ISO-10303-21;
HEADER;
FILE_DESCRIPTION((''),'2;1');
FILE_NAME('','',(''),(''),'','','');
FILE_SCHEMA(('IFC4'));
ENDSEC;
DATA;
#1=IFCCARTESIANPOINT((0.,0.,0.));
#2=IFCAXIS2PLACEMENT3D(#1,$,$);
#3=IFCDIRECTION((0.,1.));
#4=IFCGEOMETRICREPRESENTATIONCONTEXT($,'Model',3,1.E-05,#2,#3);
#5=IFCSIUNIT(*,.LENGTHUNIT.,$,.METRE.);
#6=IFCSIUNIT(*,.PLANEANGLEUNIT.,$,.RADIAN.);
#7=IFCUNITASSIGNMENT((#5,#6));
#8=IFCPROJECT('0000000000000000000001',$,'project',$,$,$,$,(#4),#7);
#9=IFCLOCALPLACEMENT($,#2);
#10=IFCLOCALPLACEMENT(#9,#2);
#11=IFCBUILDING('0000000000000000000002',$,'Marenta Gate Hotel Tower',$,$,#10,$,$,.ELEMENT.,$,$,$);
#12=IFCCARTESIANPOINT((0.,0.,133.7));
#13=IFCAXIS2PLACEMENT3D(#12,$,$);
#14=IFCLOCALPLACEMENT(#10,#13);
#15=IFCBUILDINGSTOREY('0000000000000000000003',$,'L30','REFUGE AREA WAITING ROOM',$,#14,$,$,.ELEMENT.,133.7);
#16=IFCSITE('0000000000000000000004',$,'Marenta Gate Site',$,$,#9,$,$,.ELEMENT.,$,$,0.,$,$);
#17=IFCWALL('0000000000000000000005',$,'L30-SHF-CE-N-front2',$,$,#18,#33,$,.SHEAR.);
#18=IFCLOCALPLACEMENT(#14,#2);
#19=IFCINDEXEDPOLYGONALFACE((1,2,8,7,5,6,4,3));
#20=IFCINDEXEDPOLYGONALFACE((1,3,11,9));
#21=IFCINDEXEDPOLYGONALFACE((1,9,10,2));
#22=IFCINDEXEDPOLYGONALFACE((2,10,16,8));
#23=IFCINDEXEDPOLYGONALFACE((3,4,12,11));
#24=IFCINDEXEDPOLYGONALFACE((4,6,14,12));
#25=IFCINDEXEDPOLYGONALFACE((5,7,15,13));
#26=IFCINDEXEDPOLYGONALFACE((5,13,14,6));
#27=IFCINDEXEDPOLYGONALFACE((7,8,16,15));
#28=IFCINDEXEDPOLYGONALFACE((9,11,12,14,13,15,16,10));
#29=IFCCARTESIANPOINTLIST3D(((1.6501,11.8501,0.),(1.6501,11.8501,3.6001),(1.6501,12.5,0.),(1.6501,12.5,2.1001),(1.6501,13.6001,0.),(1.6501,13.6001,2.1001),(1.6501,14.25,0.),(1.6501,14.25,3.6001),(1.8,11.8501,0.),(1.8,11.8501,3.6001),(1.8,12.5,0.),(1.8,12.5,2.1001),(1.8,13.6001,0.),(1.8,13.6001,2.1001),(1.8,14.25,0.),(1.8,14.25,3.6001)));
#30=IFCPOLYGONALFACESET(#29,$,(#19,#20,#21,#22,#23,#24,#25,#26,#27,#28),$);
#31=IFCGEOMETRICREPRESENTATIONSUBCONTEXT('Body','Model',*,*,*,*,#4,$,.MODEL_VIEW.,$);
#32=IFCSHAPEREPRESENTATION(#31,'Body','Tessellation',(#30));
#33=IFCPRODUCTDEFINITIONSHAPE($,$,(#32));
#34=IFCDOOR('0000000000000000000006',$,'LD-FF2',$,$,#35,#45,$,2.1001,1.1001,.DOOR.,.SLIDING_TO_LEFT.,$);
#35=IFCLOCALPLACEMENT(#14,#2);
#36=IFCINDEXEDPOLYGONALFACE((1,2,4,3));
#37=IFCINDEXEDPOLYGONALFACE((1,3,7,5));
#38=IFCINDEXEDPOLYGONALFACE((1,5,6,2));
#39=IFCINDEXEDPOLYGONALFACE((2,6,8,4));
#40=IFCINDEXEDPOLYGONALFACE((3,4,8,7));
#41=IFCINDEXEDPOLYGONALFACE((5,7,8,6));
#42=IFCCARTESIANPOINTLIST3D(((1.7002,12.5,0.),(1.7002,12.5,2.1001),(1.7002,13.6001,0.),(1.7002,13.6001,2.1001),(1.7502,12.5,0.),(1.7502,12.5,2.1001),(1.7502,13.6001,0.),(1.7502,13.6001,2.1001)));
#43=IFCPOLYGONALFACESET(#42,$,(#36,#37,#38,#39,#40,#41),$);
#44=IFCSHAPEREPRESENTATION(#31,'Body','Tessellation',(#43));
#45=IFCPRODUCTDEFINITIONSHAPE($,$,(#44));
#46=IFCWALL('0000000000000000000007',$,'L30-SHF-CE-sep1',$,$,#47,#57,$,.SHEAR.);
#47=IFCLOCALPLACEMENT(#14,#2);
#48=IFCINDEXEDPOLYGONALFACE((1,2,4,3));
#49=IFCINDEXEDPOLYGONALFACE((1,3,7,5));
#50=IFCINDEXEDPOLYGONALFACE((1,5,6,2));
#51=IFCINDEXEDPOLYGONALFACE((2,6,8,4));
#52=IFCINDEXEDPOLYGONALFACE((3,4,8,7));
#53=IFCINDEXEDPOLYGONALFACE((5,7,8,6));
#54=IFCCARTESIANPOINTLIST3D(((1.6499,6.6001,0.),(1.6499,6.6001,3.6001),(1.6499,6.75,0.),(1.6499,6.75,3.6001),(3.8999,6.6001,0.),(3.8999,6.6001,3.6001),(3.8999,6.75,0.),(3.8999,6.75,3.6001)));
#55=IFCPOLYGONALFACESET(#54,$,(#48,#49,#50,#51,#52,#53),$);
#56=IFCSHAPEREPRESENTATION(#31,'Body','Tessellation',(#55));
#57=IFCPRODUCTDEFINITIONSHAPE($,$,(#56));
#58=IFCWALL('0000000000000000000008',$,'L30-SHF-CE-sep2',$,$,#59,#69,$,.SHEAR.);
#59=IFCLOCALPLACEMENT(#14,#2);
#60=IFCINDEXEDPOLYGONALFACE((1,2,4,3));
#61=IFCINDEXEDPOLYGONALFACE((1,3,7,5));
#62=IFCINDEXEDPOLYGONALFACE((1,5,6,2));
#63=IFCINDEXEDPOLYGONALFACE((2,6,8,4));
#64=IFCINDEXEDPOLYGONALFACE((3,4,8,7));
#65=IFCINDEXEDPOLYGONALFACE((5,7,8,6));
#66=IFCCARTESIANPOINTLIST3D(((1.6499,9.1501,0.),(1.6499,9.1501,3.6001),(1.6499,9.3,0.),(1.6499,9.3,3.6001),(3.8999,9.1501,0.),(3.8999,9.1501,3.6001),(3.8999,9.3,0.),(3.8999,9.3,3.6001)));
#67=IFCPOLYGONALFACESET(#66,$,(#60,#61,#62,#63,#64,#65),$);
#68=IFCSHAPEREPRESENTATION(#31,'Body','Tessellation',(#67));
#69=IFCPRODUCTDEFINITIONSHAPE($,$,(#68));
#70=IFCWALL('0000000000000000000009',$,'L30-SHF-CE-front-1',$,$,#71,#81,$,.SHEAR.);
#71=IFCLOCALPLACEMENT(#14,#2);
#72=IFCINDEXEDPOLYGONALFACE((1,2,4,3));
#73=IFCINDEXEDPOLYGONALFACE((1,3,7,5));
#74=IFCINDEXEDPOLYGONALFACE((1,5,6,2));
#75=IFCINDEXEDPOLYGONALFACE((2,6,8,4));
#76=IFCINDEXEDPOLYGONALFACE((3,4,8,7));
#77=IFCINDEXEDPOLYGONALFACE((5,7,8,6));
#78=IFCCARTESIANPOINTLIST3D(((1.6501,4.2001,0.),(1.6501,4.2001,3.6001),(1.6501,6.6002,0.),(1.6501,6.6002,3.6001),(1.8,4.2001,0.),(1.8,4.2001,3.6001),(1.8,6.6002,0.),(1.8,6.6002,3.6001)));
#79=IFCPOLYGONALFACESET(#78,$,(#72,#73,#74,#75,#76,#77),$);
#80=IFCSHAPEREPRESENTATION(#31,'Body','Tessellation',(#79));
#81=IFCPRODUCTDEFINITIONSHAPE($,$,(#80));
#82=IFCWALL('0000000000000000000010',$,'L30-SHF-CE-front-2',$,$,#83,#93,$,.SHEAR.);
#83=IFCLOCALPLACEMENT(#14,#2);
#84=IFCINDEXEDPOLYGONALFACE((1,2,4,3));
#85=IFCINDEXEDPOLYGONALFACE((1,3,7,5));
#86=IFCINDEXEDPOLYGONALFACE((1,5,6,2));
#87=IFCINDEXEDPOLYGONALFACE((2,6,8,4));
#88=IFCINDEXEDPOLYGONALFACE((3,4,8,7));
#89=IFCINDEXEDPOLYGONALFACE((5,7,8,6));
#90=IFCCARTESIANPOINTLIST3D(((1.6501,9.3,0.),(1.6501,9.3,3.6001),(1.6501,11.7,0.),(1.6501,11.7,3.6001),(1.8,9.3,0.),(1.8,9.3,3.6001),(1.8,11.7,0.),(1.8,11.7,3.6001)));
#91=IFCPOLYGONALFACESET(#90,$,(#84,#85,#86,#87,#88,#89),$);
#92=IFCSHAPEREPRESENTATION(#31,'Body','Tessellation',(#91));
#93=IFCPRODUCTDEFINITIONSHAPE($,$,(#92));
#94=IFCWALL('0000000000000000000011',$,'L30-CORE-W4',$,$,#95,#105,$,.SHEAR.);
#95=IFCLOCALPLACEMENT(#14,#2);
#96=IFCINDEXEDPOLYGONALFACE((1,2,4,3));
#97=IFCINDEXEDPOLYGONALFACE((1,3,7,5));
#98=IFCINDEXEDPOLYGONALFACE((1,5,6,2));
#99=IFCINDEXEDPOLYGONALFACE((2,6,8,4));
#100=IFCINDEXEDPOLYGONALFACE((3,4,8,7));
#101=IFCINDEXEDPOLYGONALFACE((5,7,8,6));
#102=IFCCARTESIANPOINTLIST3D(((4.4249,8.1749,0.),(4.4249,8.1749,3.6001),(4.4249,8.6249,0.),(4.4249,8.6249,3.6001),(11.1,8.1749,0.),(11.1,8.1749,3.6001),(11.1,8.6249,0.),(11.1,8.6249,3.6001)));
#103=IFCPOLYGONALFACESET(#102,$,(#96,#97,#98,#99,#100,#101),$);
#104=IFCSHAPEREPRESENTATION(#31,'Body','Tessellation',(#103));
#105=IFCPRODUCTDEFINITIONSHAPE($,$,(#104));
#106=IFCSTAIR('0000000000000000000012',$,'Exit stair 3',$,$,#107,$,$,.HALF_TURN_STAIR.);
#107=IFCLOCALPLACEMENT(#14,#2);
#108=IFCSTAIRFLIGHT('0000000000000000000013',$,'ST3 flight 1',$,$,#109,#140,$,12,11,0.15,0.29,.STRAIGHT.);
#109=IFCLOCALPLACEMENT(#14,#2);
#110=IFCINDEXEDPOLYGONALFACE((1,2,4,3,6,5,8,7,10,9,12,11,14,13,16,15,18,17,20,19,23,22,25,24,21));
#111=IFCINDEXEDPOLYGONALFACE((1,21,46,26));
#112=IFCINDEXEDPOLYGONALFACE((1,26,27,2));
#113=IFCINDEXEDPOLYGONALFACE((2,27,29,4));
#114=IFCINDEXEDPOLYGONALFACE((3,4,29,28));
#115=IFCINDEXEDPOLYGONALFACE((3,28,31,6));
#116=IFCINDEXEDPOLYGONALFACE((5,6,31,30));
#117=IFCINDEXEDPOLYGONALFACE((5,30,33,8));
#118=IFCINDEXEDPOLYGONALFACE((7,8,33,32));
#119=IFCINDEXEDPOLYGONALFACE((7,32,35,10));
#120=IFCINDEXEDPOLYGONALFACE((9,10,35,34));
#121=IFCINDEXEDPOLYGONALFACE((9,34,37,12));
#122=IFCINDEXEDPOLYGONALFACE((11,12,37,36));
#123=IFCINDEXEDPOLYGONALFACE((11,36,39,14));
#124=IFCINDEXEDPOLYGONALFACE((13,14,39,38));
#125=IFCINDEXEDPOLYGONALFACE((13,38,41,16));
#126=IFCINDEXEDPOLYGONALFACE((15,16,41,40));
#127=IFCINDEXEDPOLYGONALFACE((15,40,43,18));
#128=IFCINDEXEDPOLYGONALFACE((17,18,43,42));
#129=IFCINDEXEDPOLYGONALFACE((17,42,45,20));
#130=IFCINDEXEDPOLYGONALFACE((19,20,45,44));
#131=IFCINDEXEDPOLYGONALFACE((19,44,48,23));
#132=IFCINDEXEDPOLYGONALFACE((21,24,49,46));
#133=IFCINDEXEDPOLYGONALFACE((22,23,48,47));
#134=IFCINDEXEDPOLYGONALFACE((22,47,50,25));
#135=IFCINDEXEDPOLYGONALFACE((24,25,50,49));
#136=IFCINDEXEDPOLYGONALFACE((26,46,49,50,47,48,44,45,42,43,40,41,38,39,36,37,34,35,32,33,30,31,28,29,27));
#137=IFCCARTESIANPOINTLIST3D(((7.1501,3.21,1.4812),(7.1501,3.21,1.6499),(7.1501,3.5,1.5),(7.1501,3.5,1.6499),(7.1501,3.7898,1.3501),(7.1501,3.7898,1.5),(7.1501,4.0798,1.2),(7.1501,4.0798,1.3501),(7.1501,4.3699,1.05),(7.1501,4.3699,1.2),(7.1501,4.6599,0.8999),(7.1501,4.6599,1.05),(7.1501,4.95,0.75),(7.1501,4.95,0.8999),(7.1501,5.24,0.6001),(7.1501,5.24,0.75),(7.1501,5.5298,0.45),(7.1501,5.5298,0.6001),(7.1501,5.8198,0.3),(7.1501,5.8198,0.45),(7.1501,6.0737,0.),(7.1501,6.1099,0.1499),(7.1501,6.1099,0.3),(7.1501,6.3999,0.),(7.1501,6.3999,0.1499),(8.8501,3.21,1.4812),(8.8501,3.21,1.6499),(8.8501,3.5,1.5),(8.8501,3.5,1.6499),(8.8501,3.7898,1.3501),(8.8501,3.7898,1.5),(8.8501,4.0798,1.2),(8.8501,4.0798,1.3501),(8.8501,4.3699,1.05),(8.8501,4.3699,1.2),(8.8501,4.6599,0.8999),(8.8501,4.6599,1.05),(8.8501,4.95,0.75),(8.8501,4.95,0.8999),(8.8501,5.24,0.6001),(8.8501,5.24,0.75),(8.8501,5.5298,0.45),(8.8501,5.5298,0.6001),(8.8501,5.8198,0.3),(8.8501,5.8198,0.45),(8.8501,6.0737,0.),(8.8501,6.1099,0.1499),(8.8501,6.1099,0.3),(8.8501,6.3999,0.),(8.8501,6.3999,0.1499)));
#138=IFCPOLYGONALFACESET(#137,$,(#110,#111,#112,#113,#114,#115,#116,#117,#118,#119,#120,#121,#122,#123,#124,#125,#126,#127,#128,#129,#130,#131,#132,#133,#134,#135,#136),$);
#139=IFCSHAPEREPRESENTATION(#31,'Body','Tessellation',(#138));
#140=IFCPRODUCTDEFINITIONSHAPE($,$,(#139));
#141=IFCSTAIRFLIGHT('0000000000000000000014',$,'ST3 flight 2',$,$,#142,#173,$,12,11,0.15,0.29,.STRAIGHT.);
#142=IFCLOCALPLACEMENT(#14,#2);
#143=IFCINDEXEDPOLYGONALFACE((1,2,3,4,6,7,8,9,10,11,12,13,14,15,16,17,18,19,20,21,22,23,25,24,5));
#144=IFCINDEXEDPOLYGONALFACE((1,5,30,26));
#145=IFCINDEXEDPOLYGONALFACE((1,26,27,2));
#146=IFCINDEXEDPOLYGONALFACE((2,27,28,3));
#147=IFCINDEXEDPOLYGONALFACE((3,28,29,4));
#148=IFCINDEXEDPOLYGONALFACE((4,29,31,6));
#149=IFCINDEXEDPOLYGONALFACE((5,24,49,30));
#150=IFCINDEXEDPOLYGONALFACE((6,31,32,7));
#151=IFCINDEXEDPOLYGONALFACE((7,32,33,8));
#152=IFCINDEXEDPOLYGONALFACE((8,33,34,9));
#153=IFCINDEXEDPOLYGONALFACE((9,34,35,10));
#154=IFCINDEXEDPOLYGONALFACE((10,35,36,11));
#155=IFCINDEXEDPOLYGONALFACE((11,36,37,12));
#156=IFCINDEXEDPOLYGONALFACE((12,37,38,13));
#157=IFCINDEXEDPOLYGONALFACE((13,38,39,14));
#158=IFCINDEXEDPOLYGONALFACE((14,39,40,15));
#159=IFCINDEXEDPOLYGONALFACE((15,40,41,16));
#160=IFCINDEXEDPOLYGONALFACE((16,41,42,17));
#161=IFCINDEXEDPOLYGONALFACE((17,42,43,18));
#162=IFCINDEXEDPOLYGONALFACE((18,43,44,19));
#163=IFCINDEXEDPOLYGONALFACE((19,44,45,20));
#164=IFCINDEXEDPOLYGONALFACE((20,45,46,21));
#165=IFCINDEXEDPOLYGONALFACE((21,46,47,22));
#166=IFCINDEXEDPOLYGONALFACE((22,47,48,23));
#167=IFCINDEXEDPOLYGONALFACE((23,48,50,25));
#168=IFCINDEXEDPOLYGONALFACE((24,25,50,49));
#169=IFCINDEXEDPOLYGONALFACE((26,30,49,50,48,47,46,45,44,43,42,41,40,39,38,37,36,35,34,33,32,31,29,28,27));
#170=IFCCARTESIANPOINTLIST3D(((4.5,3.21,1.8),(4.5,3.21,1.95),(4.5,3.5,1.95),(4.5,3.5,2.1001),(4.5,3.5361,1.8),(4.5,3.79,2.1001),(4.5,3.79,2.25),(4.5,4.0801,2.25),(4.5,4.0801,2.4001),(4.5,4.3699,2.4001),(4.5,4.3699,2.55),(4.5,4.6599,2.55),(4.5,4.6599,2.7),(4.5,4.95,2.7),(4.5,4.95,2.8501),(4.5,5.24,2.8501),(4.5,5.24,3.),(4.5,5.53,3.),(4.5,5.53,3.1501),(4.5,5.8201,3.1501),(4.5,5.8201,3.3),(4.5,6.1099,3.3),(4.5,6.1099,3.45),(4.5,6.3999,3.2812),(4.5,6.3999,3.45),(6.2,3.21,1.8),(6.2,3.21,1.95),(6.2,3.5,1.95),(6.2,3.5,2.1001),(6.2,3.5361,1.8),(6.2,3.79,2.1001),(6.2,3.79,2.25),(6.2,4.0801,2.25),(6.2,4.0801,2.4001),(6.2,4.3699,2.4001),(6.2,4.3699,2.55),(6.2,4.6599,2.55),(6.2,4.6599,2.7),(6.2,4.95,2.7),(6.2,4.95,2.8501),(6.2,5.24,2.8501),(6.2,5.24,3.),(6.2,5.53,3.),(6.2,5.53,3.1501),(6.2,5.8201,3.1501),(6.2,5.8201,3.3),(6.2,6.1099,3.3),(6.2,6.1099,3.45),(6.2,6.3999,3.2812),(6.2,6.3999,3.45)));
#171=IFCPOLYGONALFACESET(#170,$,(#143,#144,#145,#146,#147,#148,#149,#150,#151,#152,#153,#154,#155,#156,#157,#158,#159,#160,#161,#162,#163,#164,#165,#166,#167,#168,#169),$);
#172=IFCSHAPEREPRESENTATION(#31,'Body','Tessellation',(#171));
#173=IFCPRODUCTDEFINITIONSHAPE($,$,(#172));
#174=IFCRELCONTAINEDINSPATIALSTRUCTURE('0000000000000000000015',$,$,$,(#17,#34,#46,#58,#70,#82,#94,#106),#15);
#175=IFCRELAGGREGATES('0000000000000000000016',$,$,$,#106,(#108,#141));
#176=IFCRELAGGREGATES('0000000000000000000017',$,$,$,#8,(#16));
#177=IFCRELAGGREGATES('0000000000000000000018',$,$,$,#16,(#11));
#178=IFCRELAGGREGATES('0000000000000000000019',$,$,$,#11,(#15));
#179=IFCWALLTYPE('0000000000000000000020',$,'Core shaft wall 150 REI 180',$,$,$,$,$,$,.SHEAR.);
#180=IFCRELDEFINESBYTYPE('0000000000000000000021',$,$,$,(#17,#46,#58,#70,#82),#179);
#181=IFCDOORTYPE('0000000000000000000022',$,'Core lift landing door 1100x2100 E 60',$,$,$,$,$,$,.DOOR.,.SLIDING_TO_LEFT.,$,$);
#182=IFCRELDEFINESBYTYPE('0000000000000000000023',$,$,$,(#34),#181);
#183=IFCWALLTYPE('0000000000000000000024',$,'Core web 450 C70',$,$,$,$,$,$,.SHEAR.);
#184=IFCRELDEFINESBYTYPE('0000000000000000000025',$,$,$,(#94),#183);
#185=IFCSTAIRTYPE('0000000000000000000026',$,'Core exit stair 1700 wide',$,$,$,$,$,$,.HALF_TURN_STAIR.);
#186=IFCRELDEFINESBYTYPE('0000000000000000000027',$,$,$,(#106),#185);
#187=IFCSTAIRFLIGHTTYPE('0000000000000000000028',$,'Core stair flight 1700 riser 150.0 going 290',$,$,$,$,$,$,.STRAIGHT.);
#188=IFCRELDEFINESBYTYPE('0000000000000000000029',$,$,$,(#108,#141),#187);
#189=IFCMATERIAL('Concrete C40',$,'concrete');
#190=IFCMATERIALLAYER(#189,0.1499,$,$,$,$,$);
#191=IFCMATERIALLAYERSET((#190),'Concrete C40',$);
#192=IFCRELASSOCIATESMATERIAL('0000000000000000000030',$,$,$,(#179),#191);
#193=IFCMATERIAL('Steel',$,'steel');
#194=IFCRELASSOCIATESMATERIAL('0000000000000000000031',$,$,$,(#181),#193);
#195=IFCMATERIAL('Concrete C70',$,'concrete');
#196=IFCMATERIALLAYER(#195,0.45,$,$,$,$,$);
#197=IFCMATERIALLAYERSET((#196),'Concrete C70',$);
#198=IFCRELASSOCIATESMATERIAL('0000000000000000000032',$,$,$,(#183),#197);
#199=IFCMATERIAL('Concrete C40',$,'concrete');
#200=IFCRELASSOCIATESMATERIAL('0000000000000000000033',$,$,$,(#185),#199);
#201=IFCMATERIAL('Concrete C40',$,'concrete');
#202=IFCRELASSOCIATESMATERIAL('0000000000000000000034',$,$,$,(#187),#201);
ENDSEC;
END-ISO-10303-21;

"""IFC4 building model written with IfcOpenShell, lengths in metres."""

from ifc_helpers import new_model, si_unit, direction, frame, frame_2d, origin, place, context, subcontext, project, spatial, polyline, rectangle, outline, extrude, material, layer, layer_set, type_object, element, fill, aggregate, save


model = new_model("IFC4")

# Units and contexts
model_context = context("Model", 3, precision=1e-05, world=origin(), true_north=direction((0.0, 1.0)))
body_context = subcontext(model_context, "Body", "Model", "MODEL_VIEW")
ifc_project = project(units=[si_unit("LENGTHUNIT", "METRE"), si_unit("PLANEANGLEUNIT", "RADIAN")], contexts=[model_context])

# Site, building, storey
site_placement = place(None, origin())
site = spatial("IfcSite", under=ifc_project, at=site_placement, Name="Marenta Gate Site", CompositionType="ELEMENT", RefElevation=0.0)
building_placement = place(site_placement, origin())
building = spatial("IfcBuilding", under=site, at=building_placement, Name="Marenta Gate Hotel Tower", CompositionType="ELEMENT")
storey_placement = place(building_placement, frame((0.0, 0.0, 133.7)))
storey = spatial("IfcBuildingStorey", under=building, at=storey_placement, Name="L30", Description="REFUGE AREA WAITING ROOM", CompositionType="ELEMENT", Elevation=133.7)

# Shared definitions
ifc_material_1 = material(Name="Concrete C40", Category="concrete")
ifc_layer_1 = layer(ifc_material_1, 0.1499)
ifc_layer_set_1 = layer_set([ifc_layer_1], Name="Concrete C40")
wall_type_1 = type_object("IfcWallType", Name="Core shaft wall 150 REI 180", PredefinedType="SHEAR", material=ifc_layer_set_1)
ifc_material_2 = material(Name="Steel", Category="steel")
door_type_1 = type_object("IfcDoorType", Name="Core lift landing door 1100x2100 E 60", OperationType="SLIDING_TO_LEFT", PredefinedType="DOOR", material=ifc_material_2)

# Wall, opening, door
wall_1_placement = place(storey_placement, frame((1.7251, 11.8501, 0.0), z_axis=(0.0, 0.0, 1.0), x_axis=(0.0, 1.0, 0.0)))
wall_1 = element("IfcWall", 1, at=wall_1_placement, inside=storey, type_object=wall_type_1, Name="L30-SHF-CE-N-front2", PredefinedType="SHEAR", context=body_context, shape_type="SweptSolid", body=[
    extrude(rectangle(XDim=2.3999, YDim=0.1499, at=frame_2d((1.2, 0.0))), origin(), (0.0, 0.0, 1.0), 3.6001),
])
opening_1_placement = place(wall_1_placement, frame((0.6499, 0.0, 0.0)))
opening_1 = element("IfcOpeningElement", 2, at=opening_1_placement, cuts=wall_1, PredefinedType="OPENING", context=body_context, shape_type="SweptSolid", body=[
    extrude(rectangle(XDim=1.1001, YDim=2.1001, at=frame_2d((0.55, 1.05))), frame((0.0, 0.075, 0.0), z_axis=(0.0, -1.0, 0.0), x_axis=(1.0, 0.0, 0.0)), (0.0, 0.0, 1.0), 0.1499),
])
door_1_placement = place(opening_1_placement, origin())
door_1 = element("IfcDoor", 3, at=door_1_placement, inside=storey, type_object=door_type_1, Name="LD-FF2", OperationType="SLIDING_TO_LEFT", OverallHeight=2.1001, OverallWidth=1.1001, PredefinedType="DOOR", context=body_context, shape_type="SweptSolid", body=[
    extrude(rectangle(XDim=1.1001, YDim=2.1001, at=frame_2d((0.55, 1.05))), frame((0.0, 0.0249, 0.0), z_axis=(0.0, -1.0, 0.0), x_axis=(1.0, 0.0, 0.0)), (0.0, 0.0, 1.0), 0.05),
])
fill(opening_1, door_1)

# Walls
for number, where, z_axis, x_axis, name in (
    (4, (1.6499, 6.675, 0.0), (0.0, 0.0, 1.0), (1.0, 0.0, 0.0), "L30-SHF-CE-sep1"),
    (5, (1.6499, 9.2251, 0.0), (0.0, 0.0, 1.0), (1.0, 0.0, 0.0), "L30-SHF-CE-sep2"),
):
    element("IfcWall", number, at=place(storey_placement, frame(where, z_axis=z_axis, x_axis=x_axis)), inside=storey, type_object=wall_type_1, Name=name, PredefinedType="SHEAR", context=body_context, shape_type="SweptSolid", body=[
        extrude(rectangle(XDim=2.25, YDim=0.1499, at=frame_2d((1.125, 0.0))), origin(), (0.0, 0.0, 1.0), 3.6001),
    ])
wall_2_placement = place(storey_placement, frame((1.7251, 4.2, 0.0), z_axis=(0.0, 0.0, 1.0), x_axis=(0.0, 1.0, 0.0)))
element("IfcWall", 6, at=wall_2_placement, inside=storey, type_object=wall_type_1, Name="L30-SHF-CE-front-1", PredefinedType="SHEAR", context=body_context, shape_type="SweptSolid", body=[
    extrude(rectangle(XDim=2.4001, YDim=0.1499, at=frame_2d((1.2002, 0.0))), origin(), (0.0, 0.0, 1.0), 3.6001),
])
wall_3_placement = place(storey_placement, frame((1.7251, 9.3, 0.0), z_axis=(0.0, 0.0, 1.0), x_axis=(0.0, 1.0, 0.0)))
element("IfcWall", 7, at=wall_3_placement, inside=storey, type_object=wall_type_1, Name="L30-SHF-CE-front-2", PredefinedType="SHEAR", context=body_context, shape_type="SweptSolid", body=[
    extrude(rectangle(XDim=2.3999, YDim=0.1499, at=frame_2d((1.2, 0.0))), origin(), (0.0, 0.0, 1.0), 3.6001),
])

# Shared definitions
ifc_material_3 = material(Name="Concrete C70", Category="concrete")
ifc_layer_2 = layer(ifc_material_3, 0.45)
ifc_layer_set_2 = layer_set([ifc_layer_2], Name="Concrete C70")
wall_type_2 = type_object("IfcWallType", Name="Core web 450 C70", PredefinedType="SHEAR", material=ifc_layer_set_2)

# Wall
wall_4_placement = place(storey_placement, frame((4.425, 8.3999, 0.0), z_axis=(0.0, 0.0, 1.0), x_axis=(1.0, 0.0, 0.0)))
element("IfcWall", 8, at=wall_4_placement, inside=storey, type_object=wall_type_2, Name="L30-CORE-W4", PredefinedType="SHEAR", context=body_context, shape_type="SweptSolid", body=[
    extrude(rectangle(XDim=6.675, YDim=0.45, at=frame_2d((3.3374, 0.0))), origin(), (0.0, 0.0, 1.0), 3.6001),
])

# Stair, stair flights
ifc_material_4 = material(Name="Concrete C40", Category="concrete")
stair_type_1 = type_object("IfcStairType", Name="Core exit stair 1700 wide", PredefinedType="HALF_TURN_STAIR", material=ifc_material_4)
stair_1_placement = place(storey_placement, origin())
stair_1 = element("IfcStair", 9, at=stair_1_placement, inside=storey, type_object=stair_type_1, Name="Exit stair 3", PredefinedType="HALF_TURN_STAIR")
ifc_material_5 = material(Name="Concrete C40", Category="concrete")
stair_flight_type = type_object("IfcStairFlightType", Name="Core stair flight 1700 riser 150.0 going 290", PredefinedType="STRAIGHT", material=ifc_material_5)
stair_flight_1_placement = place(storey_placement, frame((8.0, 6.3999, 0.0), z_axis=(0.0, 0.0, 1.0), x_axis=(0.0, -1.0, 0.0)))
stair_flight_1 = element("IfcStairFlight", 10, at=stair_flight_1_placement, type_object=stair_flight_type, Name="ST3 flight 1", NumberOfRisers=12, NumberOfTreads=11, PredefinedType="STRAIGHT", RiserHeight=0.15, TreadLength=0.29, context=body_context, shape_type="SweptSolid", body=[
    extrude(outline(polyline([(0.0, 0.0), (0.0, 0.1499), (0.29, 0.1499), (0.29, 0.3), (0.5801, 0.3), (0.5801, 0.45), (0.8701, 0.45), (0.8701, 0.6001), (1.1599, 0.6001), (1.1599, 0.75), (1.45, 0.75), (1.45, 0.8999), (1.74, 0.8999), (1.74, 1.05), (2.03, 1.05), (2.03, 1.2), (2.3201, 1.2), (2.3201, 1.3501), (2.6101, 1.3501), (2.6101, 1.5), (2.8999, 1.5), (2.8999, 1.6499), (3.1899, 1.6499), (3.1899, 1.8), (3.1899, 1.4812), (0.3262, 0.0), (0.0, 0.0)])), frame((0.0, 0.8501, 0.0), z_axis=(0.0, -1.0, 0.0), x_axis=(1.0, 0.0, 0.0)), (0.0, 0.0, 1.0), 1.7),
])
stair_flight_2_placement = place(storey_placement, frame((5.3501, 3.21, 1.8), z_axis=(0.0, 0.0, 1.0), x_axis=(0.0, 1.0, 0.0)))
stair_flight_2 = element("IfcStairFlight", 11, at=stair_flight_2_placement, type_object=stair_flight_type, Name="ST3 flight 2", NumberOfRisers=12, NumberOfTreads=11, PredefinedType="STRAIGHT", RiserHeight=0.15, TreadLength=0.29, context=body_context, shape_type="SweptSolid", body=[
    extrude(outline(polyline([(0.0, 0.0), (0.0, 0.1499), (0.29, 0.1499), (0.29, 0.3), (0.5801, 0.3), (0.5801, 0.45), (0.8701, 0.45), (0.8701, 0.6001), (1.1599, 0.6001), (1.1599, 0.75), (1.45, 0.75), (1.45, 0.8999), (1.74, 0.8999), (1.74, 1.05), (2.03, 1.05), (2.03, 1.2), (2.3201, 1.2), (2.3201, 1.3501), (2.6101, 1.3501), (2.6101, 1.5), (2.8999, 1.5), (2.8999, 1.6499), (3.1899, 1.6499), (3.1899, 1.8), (3.1899, 1.4812), (0.3262, 0.0), (0.0, 0.0)])), frame((0.0, 0.8501, 0.0), z_axis=(0.0, -1.0, 0.0), x_axis=(1.0, 0.0, 0.0)), (0.0, 0.0, 1.0), 1.7),
])
aggregate(stair_1, [stair_flight_1, stair_flight_2])

save(model, "model.ifc")
